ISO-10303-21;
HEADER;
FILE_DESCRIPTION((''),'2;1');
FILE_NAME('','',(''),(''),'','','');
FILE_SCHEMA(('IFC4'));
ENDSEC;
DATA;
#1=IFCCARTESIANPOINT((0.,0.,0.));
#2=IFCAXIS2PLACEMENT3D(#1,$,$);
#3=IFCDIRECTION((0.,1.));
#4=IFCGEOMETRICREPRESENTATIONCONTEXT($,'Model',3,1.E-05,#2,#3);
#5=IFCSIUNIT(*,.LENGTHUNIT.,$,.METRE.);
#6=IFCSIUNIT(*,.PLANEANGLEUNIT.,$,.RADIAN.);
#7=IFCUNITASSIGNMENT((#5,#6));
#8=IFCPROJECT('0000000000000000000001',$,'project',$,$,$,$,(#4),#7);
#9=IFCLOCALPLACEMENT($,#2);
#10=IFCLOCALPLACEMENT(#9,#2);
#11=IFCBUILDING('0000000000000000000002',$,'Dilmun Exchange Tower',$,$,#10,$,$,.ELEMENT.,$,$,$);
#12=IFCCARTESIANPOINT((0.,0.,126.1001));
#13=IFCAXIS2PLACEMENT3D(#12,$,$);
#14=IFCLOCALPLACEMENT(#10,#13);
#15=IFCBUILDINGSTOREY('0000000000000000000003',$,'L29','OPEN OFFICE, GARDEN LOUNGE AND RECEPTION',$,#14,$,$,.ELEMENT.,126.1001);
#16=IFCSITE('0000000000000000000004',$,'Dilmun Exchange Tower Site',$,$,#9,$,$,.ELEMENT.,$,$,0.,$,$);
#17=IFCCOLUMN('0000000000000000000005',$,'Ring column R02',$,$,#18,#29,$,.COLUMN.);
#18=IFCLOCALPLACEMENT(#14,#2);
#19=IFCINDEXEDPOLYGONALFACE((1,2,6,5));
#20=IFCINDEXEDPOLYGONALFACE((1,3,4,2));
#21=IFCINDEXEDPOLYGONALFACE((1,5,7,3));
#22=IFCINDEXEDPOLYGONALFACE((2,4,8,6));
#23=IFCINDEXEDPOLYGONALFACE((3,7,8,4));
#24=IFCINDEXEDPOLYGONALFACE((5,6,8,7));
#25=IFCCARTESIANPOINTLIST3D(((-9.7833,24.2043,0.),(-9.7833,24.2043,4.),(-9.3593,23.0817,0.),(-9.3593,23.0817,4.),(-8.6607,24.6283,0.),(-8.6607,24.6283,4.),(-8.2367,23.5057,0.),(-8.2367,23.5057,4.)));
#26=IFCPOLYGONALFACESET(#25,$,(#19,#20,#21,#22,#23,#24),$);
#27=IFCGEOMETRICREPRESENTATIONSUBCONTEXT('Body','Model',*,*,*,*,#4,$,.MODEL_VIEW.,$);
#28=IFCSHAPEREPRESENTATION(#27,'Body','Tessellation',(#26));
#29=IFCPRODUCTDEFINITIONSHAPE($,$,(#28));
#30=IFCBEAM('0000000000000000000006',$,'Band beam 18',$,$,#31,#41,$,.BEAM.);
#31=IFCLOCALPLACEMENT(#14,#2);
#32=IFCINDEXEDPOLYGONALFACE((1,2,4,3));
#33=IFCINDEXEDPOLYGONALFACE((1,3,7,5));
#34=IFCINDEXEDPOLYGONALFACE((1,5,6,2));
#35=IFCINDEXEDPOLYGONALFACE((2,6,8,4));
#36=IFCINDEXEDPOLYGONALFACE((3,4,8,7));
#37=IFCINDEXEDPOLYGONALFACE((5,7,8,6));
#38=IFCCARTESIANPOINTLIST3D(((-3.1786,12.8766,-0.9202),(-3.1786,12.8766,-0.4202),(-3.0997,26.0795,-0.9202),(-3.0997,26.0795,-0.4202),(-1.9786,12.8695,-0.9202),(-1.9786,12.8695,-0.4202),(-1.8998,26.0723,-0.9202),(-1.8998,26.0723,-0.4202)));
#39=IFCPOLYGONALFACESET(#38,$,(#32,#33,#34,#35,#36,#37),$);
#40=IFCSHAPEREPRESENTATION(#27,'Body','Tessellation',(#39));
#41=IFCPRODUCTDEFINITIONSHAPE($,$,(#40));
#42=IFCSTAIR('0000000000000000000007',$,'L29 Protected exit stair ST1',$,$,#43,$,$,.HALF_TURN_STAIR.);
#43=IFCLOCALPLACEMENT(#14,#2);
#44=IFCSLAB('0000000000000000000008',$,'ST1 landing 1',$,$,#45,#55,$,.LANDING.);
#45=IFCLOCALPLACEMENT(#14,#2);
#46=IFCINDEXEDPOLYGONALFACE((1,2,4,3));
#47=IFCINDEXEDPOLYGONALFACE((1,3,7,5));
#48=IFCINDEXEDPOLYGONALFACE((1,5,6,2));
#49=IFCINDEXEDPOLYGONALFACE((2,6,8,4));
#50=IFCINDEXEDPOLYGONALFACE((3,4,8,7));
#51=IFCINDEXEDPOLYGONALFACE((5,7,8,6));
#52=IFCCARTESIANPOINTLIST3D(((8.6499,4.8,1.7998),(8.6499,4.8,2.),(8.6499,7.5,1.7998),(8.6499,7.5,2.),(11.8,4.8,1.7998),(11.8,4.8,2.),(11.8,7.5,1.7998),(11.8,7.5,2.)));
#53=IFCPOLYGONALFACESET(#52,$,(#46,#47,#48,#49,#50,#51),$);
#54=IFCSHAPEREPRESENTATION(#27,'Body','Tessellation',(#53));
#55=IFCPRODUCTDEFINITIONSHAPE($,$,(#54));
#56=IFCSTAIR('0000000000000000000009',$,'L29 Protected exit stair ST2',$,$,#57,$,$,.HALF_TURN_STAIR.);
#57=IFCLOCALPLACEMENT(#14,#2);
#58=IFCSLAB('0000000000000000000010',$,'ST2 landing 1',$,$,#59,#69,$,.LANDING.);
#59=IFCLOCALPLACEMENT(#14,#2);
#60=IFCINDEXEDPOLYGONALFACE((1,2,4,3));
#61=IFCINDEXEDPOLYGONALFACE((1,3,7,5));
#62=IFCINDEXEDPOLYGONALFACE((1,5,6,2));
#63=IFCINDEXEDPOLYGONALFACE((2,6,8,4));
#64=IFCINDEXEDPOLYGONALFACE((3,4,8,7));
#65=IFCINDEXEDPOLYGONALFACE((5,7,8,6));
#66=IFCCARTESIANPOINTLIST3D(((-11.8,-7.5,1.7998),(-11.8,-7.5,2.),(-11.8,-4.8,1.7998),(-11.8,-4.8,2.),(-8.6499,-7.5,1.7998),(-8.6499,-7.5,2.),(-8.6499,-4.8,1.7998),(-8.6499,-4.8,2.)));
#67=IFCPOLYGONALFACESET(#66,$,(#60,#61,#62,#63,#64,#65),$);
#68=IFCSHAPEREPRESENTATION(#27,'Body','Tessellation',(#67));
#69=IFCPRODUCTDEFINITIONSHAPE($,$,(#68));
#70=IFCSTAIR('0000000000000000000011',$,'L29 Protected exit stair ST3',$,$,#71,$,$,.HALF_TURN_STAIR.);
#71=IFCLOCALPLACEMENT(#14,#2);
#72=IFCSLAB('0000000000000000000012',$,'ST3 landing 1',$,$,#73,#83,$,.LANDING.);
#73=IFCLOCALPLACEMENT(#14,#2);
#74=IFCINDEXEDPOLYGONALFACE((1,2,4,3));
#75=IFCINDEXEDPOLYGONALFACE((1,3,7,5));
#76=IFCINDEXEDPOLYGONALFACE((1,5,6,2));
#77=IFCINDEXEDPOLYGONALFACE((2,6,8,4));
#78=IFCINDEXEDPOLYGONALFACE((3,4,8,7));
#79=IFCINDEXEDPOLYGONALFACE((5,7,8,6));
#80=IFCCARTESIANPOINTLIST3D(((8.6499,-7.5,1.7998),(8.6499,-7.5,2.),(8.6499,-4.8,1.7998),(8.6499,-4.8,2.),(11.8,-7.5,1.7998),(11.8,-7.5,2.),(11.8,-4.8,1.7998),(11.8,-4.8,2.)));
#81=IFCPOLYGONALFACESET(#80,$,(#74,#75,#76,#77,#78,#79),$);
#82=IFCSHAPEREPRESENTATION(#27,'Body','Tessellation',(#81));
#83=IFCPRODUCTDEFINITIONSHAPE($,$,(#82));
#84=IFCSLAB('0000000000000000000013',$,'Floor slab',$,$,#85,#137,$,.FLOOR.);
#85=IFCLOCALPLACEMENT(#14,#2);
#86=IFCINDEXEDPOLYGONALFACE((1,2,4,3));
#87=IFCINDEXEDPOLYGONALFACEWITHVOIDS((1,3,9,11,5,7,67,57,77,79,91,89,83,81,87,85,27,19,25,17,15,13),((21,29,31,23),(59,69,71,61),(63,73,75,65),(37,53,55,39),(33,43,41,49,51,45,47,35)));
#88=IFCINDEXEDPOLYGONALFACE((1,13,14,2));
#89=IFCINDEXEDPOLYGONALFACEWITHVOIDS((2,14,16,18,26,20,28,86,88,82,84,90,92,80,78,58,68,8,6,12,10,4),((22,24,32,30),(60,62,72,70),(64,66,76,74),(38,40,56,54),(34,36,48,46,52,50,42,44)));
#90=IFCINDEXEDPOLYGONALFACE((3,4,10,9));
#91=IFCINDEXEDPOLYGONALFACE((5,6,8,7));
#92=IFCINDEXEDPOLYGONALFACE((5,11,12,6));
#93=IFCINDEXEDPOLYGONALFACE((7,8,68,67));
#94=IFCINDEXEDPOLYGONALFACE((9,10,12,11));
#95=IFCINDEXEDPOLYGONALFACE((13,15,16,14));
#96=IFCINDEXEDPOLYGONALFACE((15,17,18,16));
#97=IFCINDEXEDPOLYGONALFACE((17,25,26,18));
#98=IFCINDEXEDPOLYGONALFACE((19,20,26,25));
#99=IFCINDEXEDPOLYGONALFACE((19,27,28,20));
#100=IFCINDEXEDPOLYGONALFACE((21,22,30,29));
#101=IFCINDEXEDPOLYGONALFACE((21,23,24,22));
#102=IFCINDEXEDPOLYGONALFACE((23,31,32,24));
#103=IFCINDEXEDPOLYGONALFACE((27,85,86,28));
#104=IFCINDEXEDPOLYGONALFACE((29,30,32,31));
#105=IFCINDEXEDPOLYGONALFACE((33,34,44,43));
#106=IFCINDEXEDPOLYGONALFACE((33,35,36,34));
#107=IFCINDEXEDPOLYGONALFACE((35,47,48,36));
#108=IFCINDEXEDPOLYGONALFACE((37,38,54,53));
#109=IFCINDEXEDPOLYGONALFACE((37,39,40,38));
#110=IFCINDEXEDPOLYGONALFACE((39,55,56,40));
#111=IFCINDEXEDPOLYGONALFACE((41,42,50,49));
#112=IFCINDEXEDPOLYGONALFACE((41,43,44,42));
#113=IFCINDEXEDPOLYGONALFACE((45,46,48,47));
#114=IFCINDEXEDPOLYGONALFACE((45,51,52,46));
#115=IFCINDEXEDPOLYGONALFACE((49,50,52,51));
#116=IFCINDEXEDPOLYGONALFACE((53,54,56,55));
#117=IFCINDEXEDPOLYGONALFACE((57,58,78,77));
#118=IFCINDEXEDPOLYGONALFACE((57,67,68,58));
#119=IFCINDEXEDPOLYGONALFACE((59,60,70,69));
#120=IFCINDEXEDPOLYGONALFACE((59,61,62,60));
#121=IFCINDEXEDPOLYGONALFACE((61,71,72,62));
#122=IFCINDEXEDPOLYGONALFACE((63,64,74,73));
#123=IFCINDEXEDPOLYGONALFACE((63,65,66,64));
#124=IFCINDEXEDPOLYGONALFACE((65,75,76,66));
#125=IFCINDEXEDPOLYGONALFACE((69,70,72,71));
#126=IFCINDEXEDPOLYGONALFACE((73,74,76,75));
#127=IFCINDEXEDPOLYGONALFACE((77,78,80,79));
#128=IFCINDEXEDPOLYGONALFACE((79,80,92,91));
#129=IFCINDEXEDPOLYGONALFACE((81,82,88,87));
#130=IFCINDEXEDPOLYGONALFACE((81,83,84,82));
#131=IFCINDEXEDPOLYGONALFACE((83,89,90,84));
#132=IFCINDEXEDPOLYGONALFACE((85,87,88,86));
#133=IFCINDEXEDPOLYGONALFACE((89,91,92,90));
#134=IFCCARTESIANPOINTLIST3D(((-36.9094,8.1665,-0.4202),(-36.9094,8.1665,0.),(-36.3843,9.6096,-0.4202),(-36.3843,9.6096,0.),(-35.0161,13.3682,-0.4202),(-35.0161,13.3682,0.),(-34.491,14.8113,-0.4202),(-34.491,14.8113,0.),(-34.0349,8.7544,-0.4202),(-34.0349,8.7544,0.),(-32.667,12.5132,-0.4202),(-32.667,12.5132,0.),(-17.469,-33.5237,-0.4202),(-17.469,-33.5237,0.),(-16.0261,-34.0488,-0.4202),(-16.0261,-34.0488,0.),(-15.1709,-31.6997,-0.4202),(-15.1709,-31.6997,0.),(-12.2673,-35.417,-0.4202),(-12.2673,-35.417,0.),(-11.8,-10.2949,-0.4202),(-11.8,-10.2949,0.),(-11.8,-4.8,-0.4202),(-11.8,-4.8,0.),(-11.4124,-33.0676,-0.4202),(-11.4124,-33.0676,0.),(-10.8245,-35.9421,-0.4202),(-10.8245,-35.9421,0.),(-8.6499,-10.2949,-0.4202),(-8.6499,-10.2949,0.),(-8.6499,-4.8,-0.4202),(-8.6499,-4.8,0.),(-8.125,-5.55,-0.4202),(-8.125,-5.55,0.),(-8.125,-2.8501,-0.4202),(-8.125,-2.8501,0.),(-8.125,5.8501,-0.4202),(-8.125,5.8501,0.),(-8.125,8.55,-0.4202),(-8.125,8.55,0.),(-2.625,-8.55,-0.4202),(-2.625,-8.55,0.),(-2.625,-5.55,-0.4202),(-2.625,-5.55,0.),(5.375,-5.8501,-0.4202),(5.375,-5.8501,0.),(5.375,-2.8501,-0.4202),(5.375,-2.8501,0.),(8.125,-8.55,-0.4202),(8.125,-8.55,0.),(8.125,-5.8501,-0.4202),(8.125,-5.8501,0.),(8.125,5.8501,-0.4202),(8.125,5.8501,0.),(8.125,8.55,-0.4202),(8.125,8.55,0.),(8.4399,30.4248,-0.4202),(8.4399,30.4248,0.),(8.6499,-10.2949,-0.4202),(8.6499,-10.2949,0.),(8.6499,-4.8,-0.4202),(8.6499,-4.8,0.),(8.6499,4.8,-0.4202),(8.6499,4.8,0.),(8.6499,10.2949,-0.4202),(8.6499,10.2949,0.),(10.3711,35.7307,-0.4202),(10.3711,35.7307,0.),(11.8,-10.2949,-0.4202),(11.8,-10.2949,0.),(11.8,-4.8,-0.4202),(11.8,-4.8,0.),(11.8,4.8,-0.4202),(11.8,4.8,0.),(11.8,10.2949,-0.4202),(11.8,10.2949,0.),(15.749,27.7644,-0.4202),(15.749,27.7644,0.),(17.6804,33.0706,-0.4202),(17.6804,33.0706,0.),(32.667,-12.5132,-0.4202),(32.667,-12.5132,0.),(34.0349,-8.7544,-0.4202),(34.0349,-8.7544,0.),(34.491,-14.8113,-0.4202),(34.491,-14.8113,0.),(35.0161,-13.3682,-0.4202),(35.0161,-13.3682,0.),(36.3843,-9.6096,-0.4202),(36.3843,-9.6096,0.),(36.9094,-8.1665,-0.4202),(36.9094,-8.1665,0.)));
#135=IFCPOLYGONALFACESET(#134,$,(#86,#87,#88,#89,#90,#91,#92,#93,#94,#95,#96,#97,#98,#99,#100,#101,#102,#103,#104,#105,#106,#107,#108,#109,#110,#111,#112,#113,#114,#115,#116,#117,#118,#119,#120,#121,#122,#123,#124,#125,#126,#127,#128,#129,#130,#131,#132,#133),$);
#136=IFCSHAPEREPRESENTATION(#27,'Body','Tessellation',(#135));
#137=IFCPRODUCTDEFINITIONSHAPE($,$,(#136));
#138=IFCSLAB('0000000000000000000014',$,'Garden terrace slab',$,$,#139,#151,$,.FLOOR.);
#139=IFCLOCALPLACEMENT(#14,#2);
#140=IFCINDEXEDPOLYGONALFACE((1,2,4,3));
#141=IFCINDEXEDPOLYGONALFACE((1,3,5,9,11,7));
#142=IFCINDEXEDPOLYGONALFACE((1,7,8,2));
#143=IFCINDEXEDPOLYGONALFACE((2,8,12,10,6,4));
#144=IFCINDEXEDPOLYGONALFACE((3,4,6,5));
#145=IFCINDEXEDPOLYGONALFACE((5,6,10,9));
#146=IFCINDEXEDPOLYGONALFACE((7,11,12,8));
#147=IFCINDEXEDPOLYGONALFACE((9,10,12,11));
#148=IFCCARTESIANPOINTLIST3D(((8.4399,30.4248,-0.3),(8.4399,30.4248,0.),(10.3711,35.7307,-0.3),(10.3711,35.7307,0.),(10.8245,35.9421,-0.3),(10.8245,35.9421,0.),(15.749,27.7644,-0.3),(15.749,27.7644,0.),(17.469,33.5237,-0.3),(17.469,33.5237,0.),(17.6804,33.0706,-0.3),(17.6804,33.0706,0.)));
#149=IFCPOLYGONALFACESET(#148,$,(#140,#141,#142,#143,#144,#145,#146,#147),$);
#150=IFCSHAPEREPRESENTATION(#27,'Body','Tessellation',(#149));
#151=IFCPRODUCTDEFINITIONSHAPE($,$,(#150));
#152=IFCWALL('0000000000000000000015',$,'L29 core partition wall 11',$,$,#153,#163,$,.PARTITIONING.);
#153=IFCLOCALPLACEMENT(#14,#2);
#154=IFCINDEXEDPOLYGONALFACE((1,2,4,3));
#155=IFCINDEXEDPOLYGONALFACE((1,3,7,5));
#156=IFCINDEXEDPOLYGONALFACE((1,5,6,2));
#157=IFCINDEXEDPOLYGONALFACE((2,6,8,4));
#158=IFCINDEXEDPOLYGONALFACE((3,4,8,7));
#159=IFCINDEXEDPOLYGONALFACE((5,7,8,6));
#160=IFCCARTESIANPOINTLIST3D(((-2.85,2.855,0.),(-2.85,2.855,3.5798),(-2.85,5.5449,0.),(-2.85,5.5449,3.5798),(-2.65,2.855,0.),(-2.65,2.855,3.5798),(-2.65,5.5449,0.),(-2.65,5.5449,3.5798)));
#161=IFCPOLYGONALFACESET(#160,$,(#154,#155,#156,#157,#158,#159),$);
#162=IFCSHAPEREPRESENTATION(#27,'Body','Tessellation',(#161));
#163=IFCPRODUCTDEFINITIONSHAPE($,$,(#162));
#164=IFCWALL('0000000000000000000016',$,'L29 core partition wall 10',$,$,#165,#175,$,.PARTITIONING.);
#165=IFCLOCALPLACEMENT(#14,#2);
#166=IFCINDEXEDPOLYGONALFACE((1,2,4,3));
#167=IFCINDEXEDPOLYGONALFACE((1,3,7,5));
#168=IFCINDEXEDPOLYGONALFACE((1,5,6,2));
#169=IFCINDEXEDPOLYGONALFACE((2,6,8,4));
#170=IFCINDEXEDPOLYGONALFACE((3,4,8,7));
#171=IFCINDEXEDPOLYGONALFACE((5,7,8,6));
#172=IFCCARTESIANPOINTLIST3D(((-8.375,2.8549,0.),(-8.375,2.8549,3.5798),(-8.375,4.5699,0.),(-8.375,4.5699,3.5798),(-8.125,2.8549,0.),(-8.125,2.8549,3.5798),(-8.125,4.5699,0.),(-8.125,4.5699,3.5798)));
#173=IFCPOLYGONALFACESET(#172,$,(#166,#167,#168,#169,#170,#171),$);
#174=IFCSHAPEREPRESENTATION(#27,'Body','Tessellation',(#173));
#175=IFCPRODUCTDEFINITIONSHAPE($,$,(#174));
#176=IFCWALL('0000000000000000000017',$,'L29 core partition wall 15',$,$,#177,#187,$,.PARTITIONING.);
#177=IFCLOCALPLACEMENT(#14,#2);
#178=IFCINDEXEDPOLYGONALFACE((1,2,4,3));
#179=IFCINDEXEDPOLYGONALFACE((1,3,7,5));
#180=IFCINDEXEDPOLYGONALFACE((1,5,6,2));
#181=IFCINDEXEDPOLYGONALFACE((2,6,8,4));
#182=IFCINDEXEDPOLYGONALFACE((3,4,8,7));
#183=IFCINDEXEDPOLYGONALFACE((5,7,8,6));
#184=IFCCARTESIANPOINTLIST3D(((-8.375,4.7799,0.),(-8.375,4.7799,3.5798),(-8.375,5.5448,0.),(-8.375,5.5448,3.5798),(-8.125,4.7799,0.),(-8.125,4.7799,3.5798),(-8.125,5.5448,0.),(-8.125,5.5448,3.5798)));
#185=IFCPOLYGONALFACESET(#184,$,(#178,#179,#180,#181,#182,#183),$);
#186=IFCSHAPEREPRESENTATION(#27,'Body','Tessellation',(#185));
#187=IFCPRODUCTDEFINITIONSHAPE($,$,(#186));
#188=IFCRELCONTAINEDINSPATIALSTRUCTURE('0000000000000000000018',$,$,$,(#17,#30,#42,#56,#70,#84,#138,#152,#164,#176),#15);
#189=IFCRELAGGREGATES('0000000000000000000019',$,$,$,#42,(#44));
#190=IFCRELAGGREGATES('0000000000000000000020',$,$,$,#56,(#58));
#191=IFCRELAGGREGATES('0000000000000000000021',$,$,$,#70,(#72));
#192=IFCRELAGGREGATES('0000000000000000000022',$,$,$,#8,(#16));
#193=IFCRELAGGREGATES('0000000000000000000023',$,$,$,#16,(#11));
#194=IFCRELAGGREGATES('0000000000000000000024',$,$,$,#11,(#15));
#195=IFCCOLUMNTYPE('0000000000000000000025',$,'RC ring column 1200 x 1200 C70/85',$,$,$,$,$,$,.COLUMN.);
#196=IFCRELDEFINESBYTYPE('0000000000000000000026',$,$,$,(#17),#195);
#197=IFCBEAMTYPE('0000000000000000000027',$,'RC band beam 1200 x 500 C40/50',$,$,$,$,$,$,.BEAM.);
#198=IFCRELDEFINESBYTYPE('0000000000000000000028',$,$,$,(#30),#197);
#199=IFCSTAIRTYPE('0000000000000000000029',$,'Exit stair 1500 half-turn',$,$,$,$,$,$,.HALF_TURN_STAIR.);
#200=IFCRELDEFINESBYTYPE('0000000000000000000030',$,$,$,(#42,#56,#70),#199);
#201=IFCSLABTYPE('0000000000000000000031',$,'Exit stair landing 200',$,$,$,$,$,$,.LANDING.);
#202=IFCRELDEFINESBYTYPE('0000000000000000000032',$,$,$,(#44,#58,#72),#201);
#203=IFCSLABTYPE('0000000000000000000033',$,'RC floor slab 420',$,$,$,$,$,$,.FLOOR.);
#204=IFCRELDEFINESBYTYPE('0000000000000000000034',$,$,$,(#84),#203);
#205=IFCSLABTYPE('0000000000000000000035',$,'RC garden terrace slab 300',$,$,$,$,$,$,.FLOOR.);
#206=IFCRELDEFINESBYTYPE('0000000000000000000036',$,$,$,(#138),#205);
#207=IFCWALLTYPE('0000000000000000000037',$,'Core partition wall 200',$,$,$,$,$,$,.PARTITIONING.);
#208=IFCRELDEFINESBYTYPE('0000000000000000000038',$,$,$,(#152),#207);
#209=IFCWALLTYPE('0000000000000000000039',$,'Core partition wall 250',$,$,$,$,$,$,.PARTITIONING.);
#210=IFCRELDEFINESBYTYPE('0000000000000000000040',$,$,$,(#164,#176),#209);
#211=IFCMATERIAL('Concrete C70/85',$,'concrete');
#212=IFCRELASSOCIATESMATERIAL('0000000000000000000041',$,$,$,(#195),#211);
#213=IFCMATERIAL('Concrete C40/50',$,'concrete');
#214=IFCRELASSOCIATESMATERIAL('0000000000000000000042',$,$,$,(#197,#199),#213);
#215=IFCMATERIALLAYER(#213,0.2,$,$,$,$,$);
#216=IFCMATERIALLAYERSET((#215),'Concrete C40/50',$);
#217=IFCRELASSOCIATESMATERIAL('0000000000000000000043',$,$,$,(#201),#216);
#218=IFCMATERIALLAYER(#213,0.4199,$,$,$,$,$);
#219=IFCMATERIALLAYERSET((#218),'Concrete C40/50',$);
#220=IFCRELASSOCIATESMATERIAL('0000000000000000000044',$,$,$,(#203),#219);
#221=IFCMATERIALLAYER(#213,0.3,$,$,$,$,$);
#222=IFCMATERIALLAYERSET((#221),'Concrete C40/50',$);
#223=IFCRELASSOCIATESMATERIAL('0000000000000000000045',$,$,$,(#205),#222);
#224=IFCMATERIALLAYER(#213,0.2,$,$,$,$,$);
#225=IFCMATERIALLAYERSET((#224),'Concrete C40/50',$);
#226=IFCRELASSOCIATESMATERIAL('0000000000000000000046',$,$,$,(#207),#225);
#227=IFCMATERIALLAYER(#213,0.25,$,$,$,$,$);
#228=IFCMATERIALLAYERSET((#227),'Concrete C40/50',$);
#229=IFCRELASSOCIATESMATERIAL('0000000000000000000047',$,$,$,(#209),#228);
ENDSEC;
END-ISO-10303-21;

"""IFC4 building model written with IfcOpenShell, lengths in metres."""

from ifc_helpers import new_model, si_unit, direction, frame, frame_2d, origin, origin_2d, place, context, subcontext, project, spatial, polyline, rectangle, outline, extrude, material, layer, layer_set, material_profile, profile_set, type_object, element, aggregate, save


model = new_model("IFC4")

# Units and contexts
model_context = context("Model", 3, precision=1e-05, world=origin(), true_north=direction((0.0, 1.0)))
body_context = subcontext(model_context, "Body", "Model", "MODEL_VIEW")
ifc_project = project(units=[si_unit("LENGTHUNIT", "METRE"), si_unit("PLANEANGLEUNIT", "RADIAN")], contexts=[model_context])

# Site, building, storey
site_placement = place(None, origin())
site = spatial("IfcSite", under=ifc_project, at=site_placement, Name="Dilmun Exchange Tower Site", CompositionType="ELEMENT", RefElevation=0.0)
building_placement = place(site_placement, origin())
building = spatial("IfcBuilding", under=site, at=building_placement, Name="Dilmun Exchange Tower", CompositionType="ELEMENT")
storey_placement = place(building_placement, frame((0.0, 0.0, 126.1001)))
storey = spatial("IfcBuildingStorey", under=building, at=storey_placement, Name="L29", Description="OPEN OFFICE, GARDEN LOUNGE AND RECEPTION", CompositionType="ELEMENT", Elevation=126.1001)

# Column
ifc_material_1 = material(Name="Concrete C70/85", Category="concrete")
ifc_material_profile_1 = material_profile(ifc_material_1, rectangle(XDim=1.2, YDim=1.2, at=origin_2d()), Name="1200 x 1200")
ifc_profile_set_1 = profile_set([ifc_material_profile_1], Name="Concrete C70/85")
column_type = type_object("IfcColumnType", Name="RC ring column 1200 x 1200 C70/85", PredefinedType="COLUMN", material=ifc_profile_set_1)
column_placement = place(storey_placement, frame((-9.01, 23.855, 0.0), z_axis=(0.0, 0.0, 1.0), x_axis=(0.935492, 0.353349, 0.0)))
element("IfcColumn", 1, at=column_placement, inside=storey, type_object=column_type, Name="Ring column R02", PredefinedType="COLUMN", context=body_context, shape_type="SweptSolid", body=[
    extrude(rectangle(XDim=1.2, YDim=1.2, at=origin_2d()), origin(), (0.0, 0.0, 1.0), 4.0),
])

# Beam
ifc_material_2 = material(Name="Concrete C40/50", Category="concrete")
ifc_material_profile_2 = material_profile(ifc_material_2, rectangle(XDim=1.2, YDim=0.5, at=origin_2d()), Name="1200 x 500")
ifc_profile_set_2 = profile_set([ifc_material_profile_2], Name="Concrete C40/50")
beam_type = type_object("IfcBeamType", Name="RC band beam 1200 x 500 C40/50", PredefinedType="BEAM", material=ifc_profile_set_2)
beam_placement = place(storey_placement, frame((-2.4998, 26.0759, -0.6702), z_axis=(-0.005973, -0.999982, 0.0), x_axis=(0.999982, -0.005973, 0.0)))
element("IfcBeam", 2, at=beam_placement, inside=storey, type_object=beam_type, Name="Band beam 18", PredefinedType="BEAM", context=body_context, shape_type="SweptSolid", body=[
    extrude(rectangle(XDim=1.2, YDim=0.5, at=origin_2d()), origin(), (0.0, 0.0, 1.0), 13.2031),
])

# Stairs, slabs
stair_type = type_object("IfcStairType", Name="Exit stair 1500 half-turn", PredefinedType="HALF_TURN_STAIR", material=ifc_material_2)
stair_1_placement = place(storey_placement, origin())
stair_1 = element("IfcStair", 3, at=stair_1_placement, inside=storey, type_object=stair_type, Name="L29 Protected exit stair ST1", PredefinedType="HALF_TURN_STAIR")
ifc_layer_1 = layer(ifc_material_2, 0.2)
ifc_layer_set_1 = layer_set([ifc_layer_1], Name="Concrete C40/50")
slab_type_1 = type_object("IfcSlabType", Name="Exit stair landing 200", PredefinedType="LANDING", material=ifc_layer_set_1)
slab_1_placement = place(storey_placement, frame((0.0, 0.0, 1.7998)))
slab_1 = element("IfcSlab", 4, at=slab_1_placement, type_object=slab_type_1, Name="ST1 landing 1", PredefinedType="LANDING", context=body_context, shape_type="SweptSolid", body=[
    extrude(outline(polyline([(8.6499, 7.5), (8.6499, 4.8), (11.8, 4.8), (11.8, 7.5), (8.6499, 7.5)])), origin(), (0.0, 0.0, 1.0), 0.2002),
])
aggregate(stair_1, [slab_1])
stair_2_placement = place(storey_placement, origin())
stair_2 = element("IfcStair", 5, at=stair_2_placement, inside=storey, type_object=stair_type, Name="L29 Protected exit stair ST2", PredefinedType="HALF_TURN_STAIR")
slab_2_placement = place(storey_placement, frame((0.0, 0.0, 1.7998)))
slab_2 = element("IfcSlab", 6, at=slab_2_placement, type_object=slab_type_1, Name="ST2 landing 1", PredefinedType="LANDING", context=body_context, shape_type="SweptSolid", body=[
    extrude(outline(polyline([(-8.6499, -7.5), (-8.6499, -4.8), (-11.8, -4.8), (-11.8, -7.5), (-8.6499, -7.5)])), origin(), (0.0, 0.0, 1.0), 0.2002),
])
aggregate(stair_2, [slab_2])
stair_3_placement = place(storey_placement, origin())
stair_3 = element("IfcStair", 7, at=stair_3_placement, inside=storey, type_object=stair_type, Name="L29 Protected exit stair ST3", PredefinedType="HALF_TURN_STAIR")
slab_3_placement = place(storey_placement, frame((0.0, 0.0, 1.7998)))
slab_3 = element("IfcSlab", 8, at=slab_3_placement, type_object=slab_type_1, Name="ST3 landing 1", PredefinedType="LANDING", context=body_context, shape_type="SweptSolid", body=[
    extrude(outline(polyline([(11.8, -7.5), (11.8, -4.8), (8.6499, -4.8), (8.6499, -7.5), (11.8, -7.5)])), origin(), (0.0, 0.0, 1.0), 0.2002),
])
aggregate(stair_3, [slab_3])

# Slabs
ifc_layer_2 = layer(ifc_material_2, 0.4199)
ifc_layer_set_2 = layer_set([ifc_layer_2], Name="Concrete C40/50")
slab_type_2 = type_object("IfcSlabType", Name="RC floor slab 420", PredefinedType="FLOOR", material=ifc_layer_set_2)
slab_4_placement = place(storey_placement, frame((0.0, 0.0, -0.4202)))
element("IfcSlab", 9, at=slab_4_placement, inside=storey, type_object=slab_type_2, Name="Floor slab", PredefinedType="FLOOR", context=body_context, shape_type="SweptSolid", body=[
    extrude(outline(polyline([(36.3843, -9.6096), (34.0349, -8.7544), (32.667, -12.5132), (35.0161, -13.3682), (34.491, -14.8113), (-10.8245, -35.9421), (-12.2673, -35.417), (-11.4124, -33.0676), (-15.1709, -31.6997), (-16.0261, -34.0488), (-17.469, -33.5237), (-36.9094, 8.1665), (-36.3843, 9.6096), (-34.0349, 8.7544), (-32.667, 12.5132), (-35.0161, 13.3682), (-34.491, 14.8113), (10.3711, 35.7307), (8.4399, 30.4248), (15.749, 27.7644), (17.6804, 33.0706), (36.9094, -8.1665), (36.3843, -9.6096)]), holes=[polyline([(-8.6499, -4.8), (-11.8, -4.8), (-11.8, -10.2949), (-8.6499, -10.2949), (-8.6499, -4.8)]), polyline([(11.8, -4.8), (8.6499, -4.8), (8.6499, -10.2949), (11.8, -10.2949), (11.8, -4.8)]), polyline([(-8.125, -2.8501), (-8.125, -5.55), (-2.625, -5.55), (-2.625, -8.55), (8.125, -8.55), (8.125, -5.8501), (5.375, -5.8501), (5.375, -2.8501), (-8.125, -2.8501)]), polyline([(-8.125, 5.8501), (8.125, 5.8501), (8.125, 8.55), (-8.125, 8.55), (-8.125, 5.8501)]), polyline([(8.6499, 10.2949), (8.6499, 4.8), (11.8, 4.8), (11.8, 10.2949), (8.6499, 10.2949)])]), origin(), (0.0, 0.0, 1.0), 0.4202),
])
ifc_layer_3 = layer(ifc_material_2, 0.3)
ifc_layer_set_3 = layer_set([ifc_layer_3], Name="Concrete C40/50")
slab_type_3 = type_object("IfcSlabType", Name="RC garden terrace slab 300", PredefinedType="FLOOR", material=ifc_layer_set_3)
slab_5_placement = place(storey_placement, frame((0.0, 0.0, -0.3)))
element("IfcSlab", 10, at=slab_5_placement, inside=storey, type_object=slab_type_3, Name="Garden terrace slab", PredefinedType="FLOOR", context=body_context, shape_type="SweptSolid", body=[
    extrude(outline(polyline([(8.4399, 30.4248), (10.3711, 35.7307), (10.8245, 35.9421), (17.469, 33.5237), (17.6804, 33.0706), (15.749, 27.7644), (8.4399, 30.4248)])), origin(), (0.0, 0.0, 1.0), 0.3),
])

# Walls
ifc_layer_4 = layer(ifc_material_2, 0.2)
ifc_layer_set_4 = layer_set([ifc_layer_4], Name="Concrete C40/50")
wall_type_1 = type_object("IfcWallType", Name="Core partition wall 200", PredefinedType="PARTITIONING", material=ifc_layer_set_4)
wall_1_placement = place(storey_placement, frame((-2.75, 2.855, 0.0), z_axis=(0.0, 0.0, 1.0), x_axis=(0.0, 1.0, 0.0)))
element("IfcWall", 11, at=wall_1_placement, inside=storey, type_object=wall_type_1, Name="L29 core partition wall 11", PredefinedType="PARTITIONING", context=body_context, shape_type="SweptSolid", body=[
    extrude(rectangle(XDim=2.6899, YDim=0.2, at=frame_2d((1.345, 0.0))), origin(), (0.0, 0.0, 1.0), 3.5798),
])
ifc_layer_5 = layer(ifc_material_2, 0.25)
ifc_layer_set_5 = layer_set([ifc_layer_5], Name="Concrete C40/50")
wall_type_2 = type_object("IfcWallType", Name="Core partition wall 250", PredefinedType="PARTITIONING", material=ifc_layer_set_5)
wall_2_placement = place(storey_placement, frame((-8.25, 2.855, 0.0), z_axis=(0.0, 0.0, 1.0), x_axis=(0.0, 1.0, 0.0)))
element("IfcWall", 12, at=wall_2_placement, inside=storey, type_object=wall_type_2, Name="L29 core partition wall 10", PredefinedType="PARTITIONING", context=body_context, shape_type="SweptSolid", body=[
    extrude(rectangle(XDim=1.7151, YDim=0.25, at=frame_2d((0.8574, 0.0))), origin(), (0.0, 0.0, 1.0), 3.5798),
])
wall_3_placement = place(storey_placement, frame((-8.25, 4.78, 0.0), z_axis=(0.0, 0.0, 1.0), x_axis=(0.0, 1.0, 0.0)))
element("IfcWall", 13, at=wall_3_placement, inside=storey, type_object=wall_type_2, Name="L29 core partition wall 15", PredefinedType="PARTITIONING", context=body_context, shape_type="SweptSolid", body=[
    extrude(rectangle(XDim=0.7649, YDim=0.25, at=frame_2d((0.3823, 0.0))), origin(), (0.0, 0.0, 1.0), 3.5798),
])

save(model, "model.ifc")
